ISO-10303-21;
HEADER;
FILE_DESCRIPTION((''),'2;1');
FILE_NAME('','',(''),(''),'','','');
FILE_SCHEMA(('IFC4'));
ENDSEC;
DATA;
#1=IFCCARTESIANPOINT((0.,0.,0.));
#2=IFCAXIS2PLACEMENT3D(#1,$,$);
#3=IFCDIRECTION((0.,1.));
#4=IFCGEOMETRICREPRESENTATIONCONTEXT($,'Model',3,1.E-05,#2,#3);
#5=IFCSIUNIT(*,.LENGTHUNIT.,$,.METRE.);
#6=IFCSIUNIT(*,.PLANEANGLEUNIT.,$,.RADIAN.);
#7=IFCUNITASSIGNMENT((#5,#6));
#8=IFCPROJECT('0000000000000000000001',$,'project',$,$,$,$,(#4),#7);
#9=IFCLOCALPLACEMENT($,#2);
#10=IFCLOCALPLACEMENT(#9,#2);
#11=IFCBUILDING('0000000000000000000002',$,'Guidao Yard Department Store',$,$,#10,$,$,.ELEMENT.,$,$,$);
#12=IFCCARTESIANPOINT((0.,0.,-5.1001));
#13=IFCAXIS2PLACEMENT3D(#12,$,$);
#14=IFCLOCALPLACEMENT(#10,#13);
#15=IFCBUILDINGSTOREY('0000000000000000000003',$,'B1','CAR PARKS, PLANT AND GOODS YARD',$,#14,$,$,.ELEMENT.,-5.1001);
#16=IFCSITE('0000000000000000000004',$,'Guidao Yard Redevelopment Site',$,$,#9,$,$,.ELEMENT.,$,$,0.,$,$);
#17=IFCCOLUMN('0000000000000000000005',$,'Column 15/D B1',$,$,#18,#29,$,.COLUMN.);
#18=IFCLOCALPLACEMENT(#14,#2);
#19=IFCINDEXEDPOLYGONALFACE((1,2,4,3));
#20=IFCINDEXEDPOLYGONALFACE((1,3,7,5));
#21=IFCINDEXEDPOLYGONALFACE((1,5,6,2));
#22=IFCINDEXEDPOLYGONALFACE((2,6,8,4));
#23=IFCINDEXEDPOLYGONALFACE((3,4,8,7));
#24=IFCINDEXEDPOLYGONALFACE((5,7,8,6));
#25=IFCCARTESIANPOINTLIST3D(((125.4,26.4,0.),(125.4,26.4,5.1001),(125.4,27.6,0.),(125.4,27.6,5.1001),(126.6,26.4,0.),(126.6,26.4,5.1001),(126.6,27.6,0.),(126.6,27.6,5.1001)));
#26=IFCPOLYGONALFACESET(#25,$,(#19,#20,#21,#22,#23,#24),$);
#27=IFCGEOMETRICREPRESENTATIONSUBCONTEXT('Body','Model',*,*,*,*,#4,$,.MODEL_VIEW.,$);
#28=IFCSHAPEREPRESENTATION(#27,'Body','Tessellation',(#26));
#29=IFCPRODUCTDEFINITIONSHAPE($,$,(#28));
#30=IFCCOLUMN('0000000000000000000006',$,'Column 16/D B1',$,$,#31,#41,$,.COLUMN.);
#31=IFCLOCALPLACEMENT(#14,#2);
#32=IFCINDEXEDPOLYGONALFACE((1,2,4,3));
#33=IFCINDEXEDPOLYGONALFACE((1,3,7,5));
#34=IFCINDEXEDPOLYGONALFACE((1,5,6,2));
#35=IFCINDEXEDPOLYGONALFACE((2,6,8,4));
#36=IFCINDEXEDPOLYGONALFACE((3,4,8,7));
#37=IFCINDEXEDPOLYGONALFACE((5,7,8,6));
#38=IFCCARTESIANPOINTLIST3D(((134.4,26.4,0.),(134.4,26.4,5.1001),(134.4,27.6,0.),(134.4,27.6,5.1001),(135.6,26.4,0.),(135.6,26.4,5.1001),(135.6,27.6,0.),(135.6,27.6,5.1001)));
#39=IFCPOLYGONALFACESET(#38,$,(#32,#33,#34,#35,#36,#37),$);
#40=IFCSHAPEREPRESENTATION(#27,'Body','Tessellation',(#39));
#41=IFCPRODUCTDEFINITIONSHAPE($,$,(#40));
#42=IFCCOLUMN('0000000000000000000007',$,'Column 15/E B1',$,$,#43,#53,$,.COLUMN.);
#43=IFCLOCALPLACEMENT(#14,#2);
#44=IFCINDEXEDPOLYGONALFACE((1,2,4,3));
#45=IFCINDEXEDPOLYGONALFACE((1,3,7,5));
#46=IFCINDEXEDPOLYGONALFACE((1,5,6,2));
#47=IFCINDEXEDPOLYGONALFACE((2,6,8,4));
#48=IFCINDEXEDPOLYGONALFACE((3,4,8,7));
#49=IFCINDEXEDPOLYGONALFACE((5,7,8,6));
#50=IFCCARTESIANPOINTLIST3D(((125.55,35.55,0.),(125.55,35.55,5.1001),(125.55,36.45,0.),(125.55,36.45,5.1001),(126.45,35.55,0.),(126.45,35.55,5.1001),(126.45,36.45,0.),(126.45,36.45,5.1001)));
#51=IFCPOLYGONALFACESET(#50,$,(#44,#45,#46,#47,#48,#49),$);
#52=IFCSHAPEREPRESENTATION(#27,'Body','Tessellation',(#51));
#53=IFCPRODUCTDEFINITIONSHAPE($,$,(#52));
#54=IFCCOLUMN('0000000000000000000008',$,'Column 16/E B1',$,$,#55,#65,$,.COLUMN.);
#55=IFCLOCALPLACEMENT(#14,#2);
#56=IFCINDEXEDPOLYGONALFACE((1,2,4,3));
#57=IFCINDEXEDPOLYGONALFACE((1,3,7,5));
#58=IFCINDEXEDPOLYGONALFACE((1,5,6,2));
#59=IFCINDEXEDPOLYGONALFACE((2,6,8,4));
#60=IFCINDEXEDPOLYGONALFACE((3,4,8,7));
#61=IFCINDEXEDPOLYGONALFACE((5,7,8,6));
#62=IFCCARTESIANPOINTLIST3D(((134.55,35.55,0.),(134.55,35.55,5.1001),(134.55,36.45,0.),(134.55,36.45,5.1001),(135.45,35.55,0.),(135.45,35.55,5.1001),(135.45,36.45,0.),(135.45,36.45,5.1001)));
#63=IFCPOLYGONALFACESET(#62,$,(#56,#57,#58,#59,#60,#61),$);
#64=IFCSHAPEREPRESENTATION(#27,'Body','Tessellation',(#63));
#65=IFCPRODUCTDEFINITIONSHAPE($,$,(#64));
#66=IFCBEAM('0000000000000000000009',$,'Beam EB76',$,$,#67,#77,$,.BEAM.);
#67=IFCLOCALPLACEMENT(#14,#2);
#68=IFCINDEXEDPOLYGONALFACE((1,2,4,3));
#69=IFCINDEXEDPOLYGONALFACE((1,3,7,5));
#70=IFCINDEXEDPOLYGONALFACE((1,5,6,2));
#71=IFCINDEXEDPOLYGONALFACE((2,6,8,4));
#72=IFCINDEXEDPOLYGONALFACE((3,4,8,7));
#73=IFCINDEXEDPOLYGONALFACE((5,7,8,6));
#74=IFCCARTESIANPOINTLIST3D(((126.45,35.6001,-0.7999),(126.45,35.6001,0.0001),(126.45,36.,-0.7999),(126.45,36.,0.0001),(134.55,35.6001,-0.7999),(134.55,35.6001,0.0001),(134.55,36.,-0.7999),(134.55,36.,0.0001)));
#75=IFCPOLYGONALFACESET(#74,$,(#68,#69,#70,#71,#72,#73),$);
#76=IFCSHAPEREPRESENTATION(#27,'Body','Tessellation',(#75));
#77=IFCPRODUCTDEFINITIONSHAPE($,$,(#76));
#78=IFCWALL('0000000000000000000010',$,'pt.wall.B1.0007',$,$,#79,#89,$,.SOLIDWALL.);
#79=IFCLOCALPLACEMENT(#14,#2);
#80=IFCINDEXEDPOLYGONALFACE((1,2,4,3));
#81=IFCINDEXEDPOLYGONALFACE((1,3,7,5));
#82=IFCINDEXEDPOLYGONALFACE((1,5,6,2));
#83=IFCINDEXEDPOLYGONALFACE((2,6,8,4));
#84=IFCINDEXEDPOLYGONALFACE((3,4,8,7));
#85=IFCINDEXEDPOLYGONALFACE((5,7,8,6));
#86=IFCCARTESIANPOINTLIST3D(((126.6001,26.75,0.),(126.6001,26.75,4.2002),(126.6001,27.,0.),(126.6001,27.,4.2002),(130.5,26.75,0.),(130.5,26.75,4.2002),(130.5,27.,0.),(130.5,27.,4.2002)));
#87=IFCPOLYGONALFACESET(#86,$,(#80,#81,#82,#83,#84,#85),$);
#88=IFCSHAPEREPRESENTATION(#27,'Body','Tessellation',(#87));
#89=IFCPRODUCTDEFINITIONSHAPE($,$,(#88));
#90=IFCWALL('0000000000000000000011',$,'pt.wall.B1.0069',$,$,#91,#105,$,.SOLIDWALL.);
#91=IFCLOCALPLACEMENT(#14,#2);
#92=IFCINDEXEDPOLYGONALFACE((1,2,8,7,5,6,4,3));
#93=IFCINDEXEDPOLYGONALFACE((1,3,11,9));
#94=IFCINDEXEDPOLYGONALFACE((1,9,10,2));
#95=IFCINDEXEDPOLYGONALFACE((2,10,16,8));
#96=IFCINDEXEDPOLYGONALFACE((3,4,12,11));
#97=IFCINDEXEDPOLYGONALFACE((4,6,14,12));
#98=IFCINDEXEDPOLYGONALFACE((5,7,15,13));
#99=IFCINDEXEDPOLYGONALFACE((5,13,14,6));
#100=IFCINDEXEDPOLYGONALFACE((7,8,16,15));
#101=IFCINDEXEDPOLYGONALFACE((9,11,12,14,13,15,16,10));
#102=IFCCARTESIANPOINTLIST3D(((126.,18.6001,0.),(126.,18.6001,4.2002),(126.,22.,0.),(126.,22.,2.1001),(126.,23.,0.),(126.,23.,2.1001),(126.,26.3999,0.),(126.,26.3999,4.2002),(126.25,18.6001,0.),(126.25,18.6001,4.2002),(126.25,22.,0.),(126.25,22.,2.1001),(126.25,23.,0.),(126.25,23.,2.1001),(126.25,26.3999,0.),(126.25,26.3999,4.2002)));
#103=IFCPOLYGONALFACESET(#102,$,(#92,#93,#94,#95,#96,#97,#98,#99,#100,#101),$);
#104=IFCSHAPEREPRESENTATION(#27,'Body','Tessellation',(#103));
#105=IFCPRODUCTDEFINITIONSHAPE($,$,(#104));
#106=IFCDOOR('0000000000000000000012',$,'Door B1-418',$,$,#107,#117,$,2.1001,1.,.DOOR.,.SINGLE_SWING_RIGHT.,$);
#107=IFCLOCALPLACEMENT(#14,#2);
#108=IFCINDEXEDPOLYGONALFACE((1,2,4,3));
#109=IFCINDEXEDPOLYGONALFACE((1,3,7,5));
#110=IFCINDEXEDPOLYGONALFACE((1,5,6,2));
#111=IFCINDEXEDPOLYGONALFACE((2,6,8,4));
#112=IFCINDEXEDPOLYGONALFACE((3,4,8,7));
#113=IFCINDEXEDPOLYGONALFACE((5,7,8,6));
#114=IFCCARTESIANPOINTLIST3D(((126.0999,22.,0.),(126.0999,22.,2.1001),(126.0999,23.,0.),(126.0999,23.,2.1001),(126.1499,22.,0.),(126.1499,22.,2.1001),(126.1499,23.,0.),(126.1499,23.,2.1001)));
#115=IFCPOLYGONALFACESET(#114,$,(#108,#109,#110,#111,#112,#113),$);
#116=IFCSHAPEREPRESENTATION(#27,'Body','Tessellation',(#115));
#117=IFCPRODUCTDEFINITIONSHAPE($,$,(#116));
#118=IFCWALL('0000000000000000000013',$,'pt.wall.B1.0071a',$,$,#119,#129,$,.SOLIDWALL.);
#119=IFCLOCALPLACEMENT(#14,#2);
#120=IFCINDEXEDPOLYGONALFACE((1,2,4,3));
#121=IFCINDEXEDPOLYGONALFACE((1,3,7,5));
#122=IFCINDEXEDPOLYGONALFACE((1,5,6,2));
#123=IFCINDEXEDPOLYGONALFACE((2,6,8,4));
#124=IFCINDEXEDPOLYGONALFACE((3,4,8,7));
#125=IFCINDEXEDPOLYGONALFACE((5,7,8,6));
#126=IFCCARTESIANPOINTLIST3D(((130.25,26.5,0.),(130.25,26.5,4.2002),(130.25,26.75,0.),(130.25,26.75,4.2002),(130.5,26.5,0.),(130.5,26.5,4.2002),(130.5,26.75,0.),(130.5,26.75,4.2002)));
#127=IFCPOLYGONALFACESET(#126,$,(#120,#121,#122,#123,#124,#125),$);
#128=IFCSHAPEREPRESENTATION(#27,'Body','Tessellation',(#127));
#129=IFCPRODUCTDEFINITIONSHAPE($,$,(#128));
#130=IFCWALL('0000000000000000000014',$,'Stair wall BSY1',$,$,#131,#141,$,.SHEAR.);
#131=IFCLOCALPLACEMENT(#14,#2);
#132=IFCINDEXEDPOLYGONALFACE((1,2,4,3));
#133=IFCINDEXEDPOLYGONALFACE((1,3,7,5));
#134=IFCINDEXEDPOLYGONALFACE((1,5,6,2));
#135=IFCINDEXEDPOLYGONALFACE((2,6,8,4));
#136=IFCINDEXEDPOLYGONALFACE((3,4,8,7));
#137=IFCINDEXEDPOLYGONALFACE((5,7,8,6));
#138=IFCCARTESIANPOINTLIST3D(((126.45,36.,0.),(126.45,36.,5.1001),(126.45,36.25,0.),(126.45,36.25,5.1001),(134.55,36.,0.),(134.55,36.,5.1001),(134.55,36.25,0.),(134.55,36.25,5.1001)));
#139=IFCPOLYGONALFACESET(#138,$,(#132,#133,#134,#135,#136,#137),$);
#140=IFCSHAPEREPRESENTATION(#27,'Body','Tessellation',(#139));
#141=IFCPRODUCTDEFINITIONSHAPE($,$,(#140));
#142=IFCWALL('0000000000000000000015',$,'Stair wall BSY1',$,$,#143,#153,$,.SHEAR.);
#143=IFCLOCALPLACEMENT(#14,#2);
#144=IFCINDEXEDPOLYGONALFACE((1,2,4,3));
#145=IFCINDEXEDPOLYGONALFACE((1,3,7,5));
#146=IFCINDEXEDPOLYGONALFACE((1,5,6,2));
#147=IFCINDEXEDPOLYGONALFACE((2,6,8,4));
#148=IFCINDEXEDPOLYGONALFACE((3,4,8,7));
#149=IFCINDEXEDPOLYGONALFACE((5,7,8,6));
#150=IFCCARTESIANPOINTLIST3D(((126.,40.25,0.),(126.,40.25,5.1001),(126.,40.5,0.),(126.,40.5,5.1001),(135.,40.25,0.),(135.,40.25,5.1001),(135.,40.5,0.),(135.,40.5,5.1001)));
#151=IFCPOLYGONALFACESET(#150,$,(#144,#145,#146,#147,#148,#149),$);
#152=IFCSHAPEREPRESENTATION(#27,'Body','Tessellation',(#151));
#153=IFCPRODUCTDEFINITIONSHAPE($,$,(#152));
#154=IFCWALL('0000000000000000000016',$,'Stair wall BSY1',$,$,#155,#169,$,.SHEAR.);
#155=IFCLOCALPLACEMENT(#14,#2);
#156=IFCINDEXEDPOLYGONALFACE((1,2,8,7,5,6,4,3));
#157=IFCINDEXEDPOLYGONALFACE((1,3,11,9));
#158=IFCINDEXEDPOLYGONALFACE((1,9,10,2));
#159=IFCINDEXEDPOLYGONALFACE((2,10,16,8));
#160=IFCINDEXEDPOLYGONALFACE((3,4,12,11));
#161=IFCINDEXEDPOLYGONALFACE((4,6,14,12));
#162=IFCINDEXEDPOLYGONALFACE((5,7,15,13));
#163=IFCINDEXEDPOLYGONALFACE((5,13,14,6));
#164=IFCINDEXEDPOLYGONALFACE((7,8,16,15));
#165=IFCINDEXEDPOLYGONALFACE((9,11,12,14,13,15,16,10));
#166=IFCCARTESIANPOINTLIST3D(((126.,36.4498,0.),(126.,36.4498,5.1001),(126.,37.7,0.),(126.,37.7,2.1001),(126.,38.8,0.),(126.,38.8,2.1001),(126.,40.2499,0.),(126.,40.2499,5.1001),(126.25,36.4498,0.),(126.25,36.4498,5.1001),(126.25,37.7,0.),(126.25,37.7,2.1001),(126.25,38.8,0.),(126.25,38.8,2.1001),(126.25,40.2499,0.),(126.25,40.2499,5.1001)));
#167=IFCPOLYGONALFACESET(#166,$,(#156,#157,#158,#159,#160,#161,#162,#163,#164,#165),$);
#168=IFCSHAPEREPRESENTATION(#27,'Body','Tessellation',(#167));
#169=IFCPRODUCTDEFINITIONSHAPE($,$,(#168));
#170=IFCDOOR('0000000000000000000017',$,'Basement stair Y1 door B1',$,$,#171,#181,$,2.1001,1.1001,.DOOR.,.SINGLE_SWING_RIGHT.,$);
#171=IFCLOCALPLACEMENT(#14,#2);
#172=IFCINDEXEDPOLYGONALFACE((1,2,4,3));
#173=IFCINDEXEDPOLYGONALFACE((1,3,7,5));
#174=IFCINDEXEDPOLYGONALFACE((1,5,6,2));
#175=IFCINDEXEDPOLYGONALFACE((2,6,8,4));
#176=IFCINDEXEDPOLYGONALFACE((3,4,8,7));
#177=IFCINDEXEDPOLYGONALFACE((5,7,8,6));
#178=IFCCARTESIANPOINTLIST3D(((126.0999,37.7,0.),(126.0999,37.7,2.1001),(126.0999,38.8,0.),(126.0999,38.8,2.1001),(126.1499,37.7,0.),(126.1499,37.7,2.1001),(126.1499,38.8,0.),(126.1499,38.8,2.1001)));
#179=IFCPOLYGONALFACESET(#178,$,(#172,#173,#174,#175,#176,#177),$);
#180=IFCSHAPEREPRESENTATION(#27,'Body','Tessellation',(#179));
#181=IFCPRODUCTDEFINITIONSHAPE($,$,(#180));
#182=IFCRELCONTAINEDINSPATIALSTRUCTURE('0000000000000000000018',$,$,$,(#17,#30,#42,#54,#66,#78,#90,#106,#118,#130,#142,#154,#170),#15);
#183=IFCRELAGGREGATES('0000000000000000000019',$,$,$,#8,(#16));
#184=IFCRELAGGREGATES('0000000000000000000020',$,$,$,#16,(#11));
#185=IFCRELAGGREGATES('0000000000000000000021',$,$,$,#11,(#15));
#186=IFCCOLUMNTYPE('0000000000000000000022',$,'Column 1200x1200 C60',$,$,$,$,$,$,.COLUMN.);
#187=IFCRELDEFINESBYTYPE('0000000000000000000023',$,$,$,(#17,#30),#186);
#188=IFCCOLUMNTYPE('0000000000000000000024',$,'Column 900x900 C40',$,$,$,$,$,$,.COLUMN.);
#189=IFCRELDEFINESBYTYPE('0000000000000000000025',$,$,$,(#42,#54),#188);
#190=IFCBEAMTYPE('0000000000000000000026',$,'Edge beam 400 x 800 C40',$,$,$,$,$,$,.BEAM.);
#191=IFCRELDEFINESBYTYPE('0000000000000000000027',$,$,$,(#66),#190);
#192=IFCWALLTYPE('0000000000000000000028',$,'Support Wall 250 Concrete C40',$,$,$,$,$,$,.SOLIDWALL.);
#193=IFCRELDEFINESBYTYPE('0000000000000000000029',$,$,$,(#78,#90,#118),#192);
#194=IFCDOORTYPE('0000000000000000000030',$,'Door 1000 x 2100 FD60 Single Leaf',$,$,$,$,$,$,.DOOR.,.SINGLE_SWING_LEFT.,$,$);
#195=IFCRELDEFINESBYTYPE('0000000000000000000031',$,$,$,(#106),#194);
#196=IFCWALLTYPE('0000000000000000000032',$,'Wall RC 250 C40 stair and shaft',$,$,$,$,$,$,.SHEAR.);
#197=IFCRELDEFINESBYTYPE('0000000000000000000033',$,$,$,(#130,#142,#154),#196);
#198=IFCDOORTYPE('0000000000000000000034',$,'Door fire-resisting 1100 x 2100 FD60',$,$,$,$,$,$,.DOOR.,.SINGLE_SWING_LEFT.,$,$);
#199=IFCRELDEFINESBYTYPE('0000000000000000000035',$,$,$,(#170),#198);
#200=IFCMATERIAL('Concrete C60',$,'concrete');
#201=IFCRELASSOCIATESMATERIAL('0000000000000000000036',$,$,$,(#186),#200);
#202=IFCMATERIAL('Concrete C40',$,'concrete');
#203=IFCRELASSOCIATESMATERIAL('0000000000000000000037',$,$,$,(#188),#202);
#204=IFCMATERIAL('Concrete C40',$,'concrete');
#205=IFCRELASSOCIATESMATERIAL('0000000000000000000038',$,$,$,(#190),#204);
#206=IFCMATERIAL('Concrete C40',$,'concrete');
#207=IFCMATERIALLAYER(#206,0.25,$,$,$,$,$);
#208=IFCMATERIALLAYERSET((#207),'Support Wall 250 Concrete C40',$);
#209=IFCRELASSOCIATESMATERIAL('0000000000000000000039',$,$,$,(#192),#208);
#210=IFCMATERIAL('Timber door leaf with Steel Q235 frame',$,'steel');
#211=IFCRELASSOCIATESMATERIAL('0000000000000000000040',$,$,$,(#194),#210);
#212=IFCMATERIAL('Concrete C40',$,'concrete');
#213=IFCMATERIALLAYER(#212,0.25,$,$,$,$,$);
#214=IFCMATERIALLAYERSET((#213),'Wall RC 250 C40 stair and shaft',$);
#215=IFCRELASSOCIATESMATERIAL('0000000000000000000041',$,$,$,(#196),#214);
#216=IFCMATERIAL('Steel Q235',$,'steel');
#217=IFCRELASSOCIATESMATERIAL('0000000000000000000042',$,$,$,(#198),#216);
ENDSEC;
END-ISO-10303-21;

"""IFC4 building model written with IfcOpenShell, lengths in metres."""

from ifc_helpers import new_model, si_unit, direction, frame, frame_2d, origin, origin_2d, place, context, subcontext, project, spatial, rectangle, extrude, material, layer, layer_set, material_profile, profile_set, type_object, element, fill, save


model = new_model("IFC4")

# Units and contexts
model_context = context("Model", 3, precision=1e-05, world=origin(), true_north=direction((0.0, 1.0)))
body_context = subcontext(model_context, "Body", "Model", "MODEL_VIEW")
ifc_project = project(units=[si_unit("LENGTHUNIT", "METRE"), si_unit("PLANEANGLEUNIT", "RADIAN")], contexts=[model_context])

# Site, building, storey
site_placement = place(None, origin())
site = spatial("IfcSite", under=ifc_project, at=site_placement, Name="Guidao Yard Redevelopment Site", CompositionType="ELEMENT", RefElevation=0.0)
building_placement = place(site_placement, origin())
building = spatial("IfcBuilding", under=site, at=building_placement, Name="Guidao Yard Department Store", CompositionType="ELEMENT")
storey_placement = place(building_placement, frame((0.0, 0.0, -5.1001)))
storey = spatial("IfcBuildingStorey", under=building, at=storey_placement, Name="B1", Description="CAR PARKS, PLANT AND GOODS YARD", CompositionType="ELEMENT", Elevation=-5.1001)

# Columns
ifc_material_1 = material(Name="Concrete C60", Category="concrete")
ifc_material_profile_1 = material_profile(ifc_material_1, rectangle(XDim=1.2, YDim=1.2, at=origin_2d()), Name="COL 1200x1200")
ifc_profile_set_1 = profile_set([ifc_material_profile_1], Name="Concrete C60")
column_type_1 = type_object("IfcColumnType", Name="Column 1200x1200 C60", PredefinedType="COLUMN", material=ifc_profile_set_1)
for number, where, z_axis, x_axis, name in (
    (1, (126.0, 27.0, 0.0), (0.0, 0.0, 1.0), (1.0, 0.0, 0.0), "Column 15/D B1"),
    (2, (135.0, 27.0, 0.0), (0.0, 0.0, 1.0), (1.0, 0.0, 0.0), "Column 16/D B1"),
):
    element("IfcColumn", number, at=place(storey_placement, frame(where, z_axis=z_axis, x_axis=x_axis)), inside=storey, type_object=column_type_1, Name=name, PredefinedType="COLUMN", context=body_context, shape_type="SweptSolid", body=[
        extrude(rectangle(XDim=1.2, YDim=1.2, at=origin_2d()), origin(), (0.0, 0.0, 1.0), 5.1001),
    ])
ifc_material_2 = material(Name="Concrete C40", Category="concrete")
ifc_material_profile_2 = material_profile(ifc_material_2, rectangle(XDim=0.8999, YDim=0.8999, at=origin_2d()), Name="COL 900x900")
ifc_profile_set_2 = profile_set([ifc_material_profile_2], Name="Concrete C40")
column_type_2 = type_object("IfcColumnType", Name="Column 900x900 C40", PredefinedType="COLUMN", material=ifc_profile_set_2)
for number, where, z_axis, x_axis, name in (
    (3, (126.0, 36.0, 0.0), (0.0, 0.0, 1.0), (1.0, 0.0, 0.0), "Column 15/E B1"),
    (4, (135.0, 36.0, 0.0), (0.0, 0.0, 1.0), (1.0, 0.0, 0.0), "Column 16/E B1"),
):
    element("IfcColumn", number, at=place(storey_placement, frame(where, z_axis=z_axis, x_axis=x_axis)), inside=storey, type_object=column_type_2, Name=name, PredefinedType="COLUMN", context=body_context, shape_type="SweptSolid", body=[
        extrude(rectangle(XDim=0.8999, YDim=0.8999, at=origin_2d()), origin(), (0.0, 0.0, 1.0), 5.1001),
    ])

# Beam
ifc_material_3 = material(Name="Concrete C40", Category="concrete")
ifc_material_profile_3 = material_profile(ifc_material_3, rectangle(XDim=0.3999, YDim=0.8, at=origin_2d()), Name="Edge beam 400 x 800 C40")
ifc_profile_set_3 = profile_set([ifc_material_profile_3], Name="Concrete C40")
beam_type = type_object("IfcBeamType", Name="Edge beam 400 x 800 C40", PredefinedType="BEAM", material=ifc_profile_set_3)
beam_placement = place(storey_placement, frame((126.45, 35.8, -0.3999), z_axis=(1.0, 0.0, 0.0), x_axis=(0.0, 1.0, 0.0)))
element("IfcBeam", 5, at=beam_placement, inside=storey, type_object=beam_type, Name="Beam EB76", PredefinedType="BEAM", context=body_context, shape_type="SweptSolid", body=[
    extrude(rectangle(XDim=0.3999, YDim=0.8, at=origin_2d()), origin(), (0.0, 0.0, 1.0), 8.1001),
])

# Wall
ifc_material_4 = material(Name="Concrete C40", Category="concrete")
ifc_layer_1 = layer(ifc_material_4, 0.25)
ifc_layer_set_1 = layer_set([ifc_layer_1], Name="Support Wall 250 Concrete C40")
wall_type_1 = type_object("IfcWallType", Name="Support Wall 250 Concrete C40", PredefinedType="SOLIDWALL", material=ifc_layer_set_1)
wall_1_placement = place(storey_placement, frame((126.6001, 26.875, 0.0), z_axis=(0.0, 0.0, 1.0), x_axis=(1.0, 0.0, 0.0)))
element("IfcWall", 6, at=wall_1_placement, inside=storey, type_object=wall_type_1, Name="pt.wall.B1.0007", PredefinedType="SOLIDWALL", context=body_context, shape_type="SweptSolid", body=[
    extrude(rectangle(XDim=3.8999, YDim=0.25, at=frame_2d((1.95, 0.0))), origin(), (0.0, 0.0, 1.0), 4.2002),
])

# Wall, opening, door
wall_2_placement = place(storey_placement, frame((126.125, 18.6001, 0.0), z_axis=(0.0, 0.0, 1.0), x_axis=(0.0, 1.0, 0.0)))
wall_2 = element("IfcWall", 7, at=wall_2_placement, inside=storey, type_object=wall_type_1, Name="pt.wall.B1.0069", PredefinedType="SOLIDWALL", context=body_context, shape_type="SweptSolid", body=[
    extrude(rectangle(XDim=7.7998, YDim=0.25, at=frame_2d((3.8999, 0.0))), origin(), (0.0, 0.0, 1.0), 4.2002),
])
opening_1_placement = place(wall_2_placement, frame((4.3999, 0.0, 0.0), z_axis=(0.0, 0.0, 1.0), x_axis=(-1.0, 0.0, 0.0)))
opening_1 = element("IfcOpeningElement", 8, at=opening_1_placement, cuts=wall_2, PredefinedType="OPENING", context=body_context, shape_type="SweptSolid", body=[
    extrude(rectangle(XDim=1.0, YDim=2.1001, at=frame_2d((0.5, 1.05))), frame((0.0, 0.135, 0.0), z_axis=(0.0, -1.0, 0.0), x_axis=(1.0, 0.0, 0.0)), (0.0, 0.0, 1.0), 0.27),
])
ifc_material_5 = material(Name="Timber door leaf with Steel Q235 frame", Category="steel")
door_type_1 = type_object("IfcDoorType", Name="Door 1000 x 2100 FD60 Single Leaf", OperationType="SINGLE_SWING_LEFT", PredefinedType="DOOR", material=ifc_material_5)
door_1_placement = place(opening_1_placement, origin())
door_1 = element("IfcDoor", 9, at=door_1_placement, inside=storey, type_object=door_type_1, Name="Door B1-418", OperationType="SINGLE_SWING_RIGHT", OverallHeight=2.1001, OverallWidth=1.0, PredefinedType="DOOR", context=body_context, shape_type="SweptSolid", body=[
    extrude(rectangle(XDim=1.0, YDim=2.1001, at=frame_2d((0.5, 1.05))), frame((0.0, 0.0249, 0.0), z_axis=(0.0, -1.0, 0.0), x_axis=(1.0, 0.0, 0.0)), (0.0, 0.0, 1.0), 0.05),
])
fill(opening_1, door_1)

# Walls
wall_3_placement = place(storey_placement, frame((130.375, 26.5, 0.0), z_axis=(0.0, 0.0, 1.0), x_axis=(0.0, 1.0, 0.0)))
element("IfcWall", 10, at=wall_3_placement, inside=storey, type_object=wall_type_1, Name="pt.wall.B1.0071a", PredefinedType="SOLIDWALL", context=body_context, shape_type="SweptSolid", body=[
    extrude(rectangle(XDim=0.25, YDim=0.25, at=frame_2d((0.125, 0.0))), origin(), (0.0, 0.0, 1.0), 4.2002),
])
ifc_material_6 = material(Name="Concrete C40", Category="concrete")
ifc_layer_2 = layer(ifc_material_6, 0.25)
ifc_layer_set_2 = layer_set([ifc_layer_2], Name="Wall RC 250 C40 stair and shaft")
wall_type_2 = type_object("IfcWallType", Name="Wall RC 250 C40 stair and shaft", PredefinedType="SHEAR", material=ifc_layer_set_2)
wall_4_placement = place(storey_placement, frame((126.45, 36.125, 0.0), z_axis=(0.0, 0.0, 1.0), x_axis=(1.0, 0.0, 0.0)))
element("IfcWall", 11, at=wall_4_placement, inside=storey, type_object=wall_type_2, Name="Stair wall BSY1", PredefinedType="SHEAR", context=body_context, shape_type="SweptSolid", body=[
    extrude(rectangle(XDim=8.1001, YDim=0.25, at=frame_2d((4.05, 0.0))), origin(), (0.0, 0.0, 1.0), 5.1001),
])
wall_5_placement = place(storey_placement, frame((126.0, 40.375, 0.0), z_axis=(0.0, 0.0, 1.0), x_axis=(1.0, 0.0, 0.0)))
element("IfcWall", 12, at=wall_5_placement, inside=storey, type_object=wall_type_2, Name="Stair wall BSY1", PredefinedType="SHEAR", context=body_context, shape_type="SweptSolid", body=[
    extrude(rectangle(XDim=9.0, YDim=0.25, at=frame_2d((4.5, 0.0))), origin(), (0.0, 0.0, 1.0), 5.1001),
])

# Wall, opening, door
wall_6_placement = place(storey_placement, frame((126.125, 36.45, 0.0), z_axis=(0.0, 0.0, 1.0), x_axis=(0.0, 1.0, 0.0)))
wall_6 = element("IfcWall", 13, at=wall_6_placement, inside=storey, type_object=wall_type_2, Name="Stair wall BSY1", PredefinedType="SHEAR", context=body_context, shape_type="SweptSolid", body=[
    extrude(rectangle(XDim=3.8, YDim=0.25, at=frame_2d((1.8999, 0.0))), origin(), (0.0, 0.0, 1.0), 5.1001),
])
opening_2_placement = place(wall_6_placement, frame((2.3501, 0.0, 0.0), z_axis=(0.0, 0.0, 1.0), x_axis=(-1.0, 0.0, 0.0)))
opening_2 = element("IfcOpeningElement", 14, at=opening_2_placement, cuts=wall_6, PredefinedType="OPENING", context=body_context, shape_type="SweptSolid", body=[
    extrude(rectangle(XDim=1.1001, YDim=2.1001, at=frame_2d((0.55, 1.05))), frame((0.0, 0.135, 0.0), z_axis=(0.0, -1.0, 0.0), x_axis=(1.0, 0.0, 0.0)), (0.0, 0.0, 1.0), 0.27),
])
ifc_material_7 = material(Name="Steel Q235", Category="steel")
door_type_2 = type_object("IfcDoorType", Name="Door fire-resisting 1100 x 2100 FD60", OperationType="SINGLE_SWING_LEFT", PredefinedType="DOOR", material=ifc_material_7)
door_2_placement = place(opening_2_placement, origin())
door_2 = element("IfcDoor", 15, at=door_2_placement, inside=storey, type_object=door_type_2, Name="Basement stair Y1 door B1", OperationType="SINGLE_SWING_RIGHT", OverallHeight=2.1001, OverallWidth=1.1001, PredefinedType="DOOR", context=body_context, shape_type="SweptSolid", body=[
    extrude(rectangle(XDim=1.1001, YDim=2.1001, at=frame_2d((0.55, 1.05))), frame((0.0, 0.0249, 0.0), z_axis=(0.0, -1.0, 0.0), x_axis=(1.0, 0.0, 0.0)), (0.0, 0.0, 1.0), 0.05),
])
fill(opening_2, door_2)

save(model, "model.ifc")
